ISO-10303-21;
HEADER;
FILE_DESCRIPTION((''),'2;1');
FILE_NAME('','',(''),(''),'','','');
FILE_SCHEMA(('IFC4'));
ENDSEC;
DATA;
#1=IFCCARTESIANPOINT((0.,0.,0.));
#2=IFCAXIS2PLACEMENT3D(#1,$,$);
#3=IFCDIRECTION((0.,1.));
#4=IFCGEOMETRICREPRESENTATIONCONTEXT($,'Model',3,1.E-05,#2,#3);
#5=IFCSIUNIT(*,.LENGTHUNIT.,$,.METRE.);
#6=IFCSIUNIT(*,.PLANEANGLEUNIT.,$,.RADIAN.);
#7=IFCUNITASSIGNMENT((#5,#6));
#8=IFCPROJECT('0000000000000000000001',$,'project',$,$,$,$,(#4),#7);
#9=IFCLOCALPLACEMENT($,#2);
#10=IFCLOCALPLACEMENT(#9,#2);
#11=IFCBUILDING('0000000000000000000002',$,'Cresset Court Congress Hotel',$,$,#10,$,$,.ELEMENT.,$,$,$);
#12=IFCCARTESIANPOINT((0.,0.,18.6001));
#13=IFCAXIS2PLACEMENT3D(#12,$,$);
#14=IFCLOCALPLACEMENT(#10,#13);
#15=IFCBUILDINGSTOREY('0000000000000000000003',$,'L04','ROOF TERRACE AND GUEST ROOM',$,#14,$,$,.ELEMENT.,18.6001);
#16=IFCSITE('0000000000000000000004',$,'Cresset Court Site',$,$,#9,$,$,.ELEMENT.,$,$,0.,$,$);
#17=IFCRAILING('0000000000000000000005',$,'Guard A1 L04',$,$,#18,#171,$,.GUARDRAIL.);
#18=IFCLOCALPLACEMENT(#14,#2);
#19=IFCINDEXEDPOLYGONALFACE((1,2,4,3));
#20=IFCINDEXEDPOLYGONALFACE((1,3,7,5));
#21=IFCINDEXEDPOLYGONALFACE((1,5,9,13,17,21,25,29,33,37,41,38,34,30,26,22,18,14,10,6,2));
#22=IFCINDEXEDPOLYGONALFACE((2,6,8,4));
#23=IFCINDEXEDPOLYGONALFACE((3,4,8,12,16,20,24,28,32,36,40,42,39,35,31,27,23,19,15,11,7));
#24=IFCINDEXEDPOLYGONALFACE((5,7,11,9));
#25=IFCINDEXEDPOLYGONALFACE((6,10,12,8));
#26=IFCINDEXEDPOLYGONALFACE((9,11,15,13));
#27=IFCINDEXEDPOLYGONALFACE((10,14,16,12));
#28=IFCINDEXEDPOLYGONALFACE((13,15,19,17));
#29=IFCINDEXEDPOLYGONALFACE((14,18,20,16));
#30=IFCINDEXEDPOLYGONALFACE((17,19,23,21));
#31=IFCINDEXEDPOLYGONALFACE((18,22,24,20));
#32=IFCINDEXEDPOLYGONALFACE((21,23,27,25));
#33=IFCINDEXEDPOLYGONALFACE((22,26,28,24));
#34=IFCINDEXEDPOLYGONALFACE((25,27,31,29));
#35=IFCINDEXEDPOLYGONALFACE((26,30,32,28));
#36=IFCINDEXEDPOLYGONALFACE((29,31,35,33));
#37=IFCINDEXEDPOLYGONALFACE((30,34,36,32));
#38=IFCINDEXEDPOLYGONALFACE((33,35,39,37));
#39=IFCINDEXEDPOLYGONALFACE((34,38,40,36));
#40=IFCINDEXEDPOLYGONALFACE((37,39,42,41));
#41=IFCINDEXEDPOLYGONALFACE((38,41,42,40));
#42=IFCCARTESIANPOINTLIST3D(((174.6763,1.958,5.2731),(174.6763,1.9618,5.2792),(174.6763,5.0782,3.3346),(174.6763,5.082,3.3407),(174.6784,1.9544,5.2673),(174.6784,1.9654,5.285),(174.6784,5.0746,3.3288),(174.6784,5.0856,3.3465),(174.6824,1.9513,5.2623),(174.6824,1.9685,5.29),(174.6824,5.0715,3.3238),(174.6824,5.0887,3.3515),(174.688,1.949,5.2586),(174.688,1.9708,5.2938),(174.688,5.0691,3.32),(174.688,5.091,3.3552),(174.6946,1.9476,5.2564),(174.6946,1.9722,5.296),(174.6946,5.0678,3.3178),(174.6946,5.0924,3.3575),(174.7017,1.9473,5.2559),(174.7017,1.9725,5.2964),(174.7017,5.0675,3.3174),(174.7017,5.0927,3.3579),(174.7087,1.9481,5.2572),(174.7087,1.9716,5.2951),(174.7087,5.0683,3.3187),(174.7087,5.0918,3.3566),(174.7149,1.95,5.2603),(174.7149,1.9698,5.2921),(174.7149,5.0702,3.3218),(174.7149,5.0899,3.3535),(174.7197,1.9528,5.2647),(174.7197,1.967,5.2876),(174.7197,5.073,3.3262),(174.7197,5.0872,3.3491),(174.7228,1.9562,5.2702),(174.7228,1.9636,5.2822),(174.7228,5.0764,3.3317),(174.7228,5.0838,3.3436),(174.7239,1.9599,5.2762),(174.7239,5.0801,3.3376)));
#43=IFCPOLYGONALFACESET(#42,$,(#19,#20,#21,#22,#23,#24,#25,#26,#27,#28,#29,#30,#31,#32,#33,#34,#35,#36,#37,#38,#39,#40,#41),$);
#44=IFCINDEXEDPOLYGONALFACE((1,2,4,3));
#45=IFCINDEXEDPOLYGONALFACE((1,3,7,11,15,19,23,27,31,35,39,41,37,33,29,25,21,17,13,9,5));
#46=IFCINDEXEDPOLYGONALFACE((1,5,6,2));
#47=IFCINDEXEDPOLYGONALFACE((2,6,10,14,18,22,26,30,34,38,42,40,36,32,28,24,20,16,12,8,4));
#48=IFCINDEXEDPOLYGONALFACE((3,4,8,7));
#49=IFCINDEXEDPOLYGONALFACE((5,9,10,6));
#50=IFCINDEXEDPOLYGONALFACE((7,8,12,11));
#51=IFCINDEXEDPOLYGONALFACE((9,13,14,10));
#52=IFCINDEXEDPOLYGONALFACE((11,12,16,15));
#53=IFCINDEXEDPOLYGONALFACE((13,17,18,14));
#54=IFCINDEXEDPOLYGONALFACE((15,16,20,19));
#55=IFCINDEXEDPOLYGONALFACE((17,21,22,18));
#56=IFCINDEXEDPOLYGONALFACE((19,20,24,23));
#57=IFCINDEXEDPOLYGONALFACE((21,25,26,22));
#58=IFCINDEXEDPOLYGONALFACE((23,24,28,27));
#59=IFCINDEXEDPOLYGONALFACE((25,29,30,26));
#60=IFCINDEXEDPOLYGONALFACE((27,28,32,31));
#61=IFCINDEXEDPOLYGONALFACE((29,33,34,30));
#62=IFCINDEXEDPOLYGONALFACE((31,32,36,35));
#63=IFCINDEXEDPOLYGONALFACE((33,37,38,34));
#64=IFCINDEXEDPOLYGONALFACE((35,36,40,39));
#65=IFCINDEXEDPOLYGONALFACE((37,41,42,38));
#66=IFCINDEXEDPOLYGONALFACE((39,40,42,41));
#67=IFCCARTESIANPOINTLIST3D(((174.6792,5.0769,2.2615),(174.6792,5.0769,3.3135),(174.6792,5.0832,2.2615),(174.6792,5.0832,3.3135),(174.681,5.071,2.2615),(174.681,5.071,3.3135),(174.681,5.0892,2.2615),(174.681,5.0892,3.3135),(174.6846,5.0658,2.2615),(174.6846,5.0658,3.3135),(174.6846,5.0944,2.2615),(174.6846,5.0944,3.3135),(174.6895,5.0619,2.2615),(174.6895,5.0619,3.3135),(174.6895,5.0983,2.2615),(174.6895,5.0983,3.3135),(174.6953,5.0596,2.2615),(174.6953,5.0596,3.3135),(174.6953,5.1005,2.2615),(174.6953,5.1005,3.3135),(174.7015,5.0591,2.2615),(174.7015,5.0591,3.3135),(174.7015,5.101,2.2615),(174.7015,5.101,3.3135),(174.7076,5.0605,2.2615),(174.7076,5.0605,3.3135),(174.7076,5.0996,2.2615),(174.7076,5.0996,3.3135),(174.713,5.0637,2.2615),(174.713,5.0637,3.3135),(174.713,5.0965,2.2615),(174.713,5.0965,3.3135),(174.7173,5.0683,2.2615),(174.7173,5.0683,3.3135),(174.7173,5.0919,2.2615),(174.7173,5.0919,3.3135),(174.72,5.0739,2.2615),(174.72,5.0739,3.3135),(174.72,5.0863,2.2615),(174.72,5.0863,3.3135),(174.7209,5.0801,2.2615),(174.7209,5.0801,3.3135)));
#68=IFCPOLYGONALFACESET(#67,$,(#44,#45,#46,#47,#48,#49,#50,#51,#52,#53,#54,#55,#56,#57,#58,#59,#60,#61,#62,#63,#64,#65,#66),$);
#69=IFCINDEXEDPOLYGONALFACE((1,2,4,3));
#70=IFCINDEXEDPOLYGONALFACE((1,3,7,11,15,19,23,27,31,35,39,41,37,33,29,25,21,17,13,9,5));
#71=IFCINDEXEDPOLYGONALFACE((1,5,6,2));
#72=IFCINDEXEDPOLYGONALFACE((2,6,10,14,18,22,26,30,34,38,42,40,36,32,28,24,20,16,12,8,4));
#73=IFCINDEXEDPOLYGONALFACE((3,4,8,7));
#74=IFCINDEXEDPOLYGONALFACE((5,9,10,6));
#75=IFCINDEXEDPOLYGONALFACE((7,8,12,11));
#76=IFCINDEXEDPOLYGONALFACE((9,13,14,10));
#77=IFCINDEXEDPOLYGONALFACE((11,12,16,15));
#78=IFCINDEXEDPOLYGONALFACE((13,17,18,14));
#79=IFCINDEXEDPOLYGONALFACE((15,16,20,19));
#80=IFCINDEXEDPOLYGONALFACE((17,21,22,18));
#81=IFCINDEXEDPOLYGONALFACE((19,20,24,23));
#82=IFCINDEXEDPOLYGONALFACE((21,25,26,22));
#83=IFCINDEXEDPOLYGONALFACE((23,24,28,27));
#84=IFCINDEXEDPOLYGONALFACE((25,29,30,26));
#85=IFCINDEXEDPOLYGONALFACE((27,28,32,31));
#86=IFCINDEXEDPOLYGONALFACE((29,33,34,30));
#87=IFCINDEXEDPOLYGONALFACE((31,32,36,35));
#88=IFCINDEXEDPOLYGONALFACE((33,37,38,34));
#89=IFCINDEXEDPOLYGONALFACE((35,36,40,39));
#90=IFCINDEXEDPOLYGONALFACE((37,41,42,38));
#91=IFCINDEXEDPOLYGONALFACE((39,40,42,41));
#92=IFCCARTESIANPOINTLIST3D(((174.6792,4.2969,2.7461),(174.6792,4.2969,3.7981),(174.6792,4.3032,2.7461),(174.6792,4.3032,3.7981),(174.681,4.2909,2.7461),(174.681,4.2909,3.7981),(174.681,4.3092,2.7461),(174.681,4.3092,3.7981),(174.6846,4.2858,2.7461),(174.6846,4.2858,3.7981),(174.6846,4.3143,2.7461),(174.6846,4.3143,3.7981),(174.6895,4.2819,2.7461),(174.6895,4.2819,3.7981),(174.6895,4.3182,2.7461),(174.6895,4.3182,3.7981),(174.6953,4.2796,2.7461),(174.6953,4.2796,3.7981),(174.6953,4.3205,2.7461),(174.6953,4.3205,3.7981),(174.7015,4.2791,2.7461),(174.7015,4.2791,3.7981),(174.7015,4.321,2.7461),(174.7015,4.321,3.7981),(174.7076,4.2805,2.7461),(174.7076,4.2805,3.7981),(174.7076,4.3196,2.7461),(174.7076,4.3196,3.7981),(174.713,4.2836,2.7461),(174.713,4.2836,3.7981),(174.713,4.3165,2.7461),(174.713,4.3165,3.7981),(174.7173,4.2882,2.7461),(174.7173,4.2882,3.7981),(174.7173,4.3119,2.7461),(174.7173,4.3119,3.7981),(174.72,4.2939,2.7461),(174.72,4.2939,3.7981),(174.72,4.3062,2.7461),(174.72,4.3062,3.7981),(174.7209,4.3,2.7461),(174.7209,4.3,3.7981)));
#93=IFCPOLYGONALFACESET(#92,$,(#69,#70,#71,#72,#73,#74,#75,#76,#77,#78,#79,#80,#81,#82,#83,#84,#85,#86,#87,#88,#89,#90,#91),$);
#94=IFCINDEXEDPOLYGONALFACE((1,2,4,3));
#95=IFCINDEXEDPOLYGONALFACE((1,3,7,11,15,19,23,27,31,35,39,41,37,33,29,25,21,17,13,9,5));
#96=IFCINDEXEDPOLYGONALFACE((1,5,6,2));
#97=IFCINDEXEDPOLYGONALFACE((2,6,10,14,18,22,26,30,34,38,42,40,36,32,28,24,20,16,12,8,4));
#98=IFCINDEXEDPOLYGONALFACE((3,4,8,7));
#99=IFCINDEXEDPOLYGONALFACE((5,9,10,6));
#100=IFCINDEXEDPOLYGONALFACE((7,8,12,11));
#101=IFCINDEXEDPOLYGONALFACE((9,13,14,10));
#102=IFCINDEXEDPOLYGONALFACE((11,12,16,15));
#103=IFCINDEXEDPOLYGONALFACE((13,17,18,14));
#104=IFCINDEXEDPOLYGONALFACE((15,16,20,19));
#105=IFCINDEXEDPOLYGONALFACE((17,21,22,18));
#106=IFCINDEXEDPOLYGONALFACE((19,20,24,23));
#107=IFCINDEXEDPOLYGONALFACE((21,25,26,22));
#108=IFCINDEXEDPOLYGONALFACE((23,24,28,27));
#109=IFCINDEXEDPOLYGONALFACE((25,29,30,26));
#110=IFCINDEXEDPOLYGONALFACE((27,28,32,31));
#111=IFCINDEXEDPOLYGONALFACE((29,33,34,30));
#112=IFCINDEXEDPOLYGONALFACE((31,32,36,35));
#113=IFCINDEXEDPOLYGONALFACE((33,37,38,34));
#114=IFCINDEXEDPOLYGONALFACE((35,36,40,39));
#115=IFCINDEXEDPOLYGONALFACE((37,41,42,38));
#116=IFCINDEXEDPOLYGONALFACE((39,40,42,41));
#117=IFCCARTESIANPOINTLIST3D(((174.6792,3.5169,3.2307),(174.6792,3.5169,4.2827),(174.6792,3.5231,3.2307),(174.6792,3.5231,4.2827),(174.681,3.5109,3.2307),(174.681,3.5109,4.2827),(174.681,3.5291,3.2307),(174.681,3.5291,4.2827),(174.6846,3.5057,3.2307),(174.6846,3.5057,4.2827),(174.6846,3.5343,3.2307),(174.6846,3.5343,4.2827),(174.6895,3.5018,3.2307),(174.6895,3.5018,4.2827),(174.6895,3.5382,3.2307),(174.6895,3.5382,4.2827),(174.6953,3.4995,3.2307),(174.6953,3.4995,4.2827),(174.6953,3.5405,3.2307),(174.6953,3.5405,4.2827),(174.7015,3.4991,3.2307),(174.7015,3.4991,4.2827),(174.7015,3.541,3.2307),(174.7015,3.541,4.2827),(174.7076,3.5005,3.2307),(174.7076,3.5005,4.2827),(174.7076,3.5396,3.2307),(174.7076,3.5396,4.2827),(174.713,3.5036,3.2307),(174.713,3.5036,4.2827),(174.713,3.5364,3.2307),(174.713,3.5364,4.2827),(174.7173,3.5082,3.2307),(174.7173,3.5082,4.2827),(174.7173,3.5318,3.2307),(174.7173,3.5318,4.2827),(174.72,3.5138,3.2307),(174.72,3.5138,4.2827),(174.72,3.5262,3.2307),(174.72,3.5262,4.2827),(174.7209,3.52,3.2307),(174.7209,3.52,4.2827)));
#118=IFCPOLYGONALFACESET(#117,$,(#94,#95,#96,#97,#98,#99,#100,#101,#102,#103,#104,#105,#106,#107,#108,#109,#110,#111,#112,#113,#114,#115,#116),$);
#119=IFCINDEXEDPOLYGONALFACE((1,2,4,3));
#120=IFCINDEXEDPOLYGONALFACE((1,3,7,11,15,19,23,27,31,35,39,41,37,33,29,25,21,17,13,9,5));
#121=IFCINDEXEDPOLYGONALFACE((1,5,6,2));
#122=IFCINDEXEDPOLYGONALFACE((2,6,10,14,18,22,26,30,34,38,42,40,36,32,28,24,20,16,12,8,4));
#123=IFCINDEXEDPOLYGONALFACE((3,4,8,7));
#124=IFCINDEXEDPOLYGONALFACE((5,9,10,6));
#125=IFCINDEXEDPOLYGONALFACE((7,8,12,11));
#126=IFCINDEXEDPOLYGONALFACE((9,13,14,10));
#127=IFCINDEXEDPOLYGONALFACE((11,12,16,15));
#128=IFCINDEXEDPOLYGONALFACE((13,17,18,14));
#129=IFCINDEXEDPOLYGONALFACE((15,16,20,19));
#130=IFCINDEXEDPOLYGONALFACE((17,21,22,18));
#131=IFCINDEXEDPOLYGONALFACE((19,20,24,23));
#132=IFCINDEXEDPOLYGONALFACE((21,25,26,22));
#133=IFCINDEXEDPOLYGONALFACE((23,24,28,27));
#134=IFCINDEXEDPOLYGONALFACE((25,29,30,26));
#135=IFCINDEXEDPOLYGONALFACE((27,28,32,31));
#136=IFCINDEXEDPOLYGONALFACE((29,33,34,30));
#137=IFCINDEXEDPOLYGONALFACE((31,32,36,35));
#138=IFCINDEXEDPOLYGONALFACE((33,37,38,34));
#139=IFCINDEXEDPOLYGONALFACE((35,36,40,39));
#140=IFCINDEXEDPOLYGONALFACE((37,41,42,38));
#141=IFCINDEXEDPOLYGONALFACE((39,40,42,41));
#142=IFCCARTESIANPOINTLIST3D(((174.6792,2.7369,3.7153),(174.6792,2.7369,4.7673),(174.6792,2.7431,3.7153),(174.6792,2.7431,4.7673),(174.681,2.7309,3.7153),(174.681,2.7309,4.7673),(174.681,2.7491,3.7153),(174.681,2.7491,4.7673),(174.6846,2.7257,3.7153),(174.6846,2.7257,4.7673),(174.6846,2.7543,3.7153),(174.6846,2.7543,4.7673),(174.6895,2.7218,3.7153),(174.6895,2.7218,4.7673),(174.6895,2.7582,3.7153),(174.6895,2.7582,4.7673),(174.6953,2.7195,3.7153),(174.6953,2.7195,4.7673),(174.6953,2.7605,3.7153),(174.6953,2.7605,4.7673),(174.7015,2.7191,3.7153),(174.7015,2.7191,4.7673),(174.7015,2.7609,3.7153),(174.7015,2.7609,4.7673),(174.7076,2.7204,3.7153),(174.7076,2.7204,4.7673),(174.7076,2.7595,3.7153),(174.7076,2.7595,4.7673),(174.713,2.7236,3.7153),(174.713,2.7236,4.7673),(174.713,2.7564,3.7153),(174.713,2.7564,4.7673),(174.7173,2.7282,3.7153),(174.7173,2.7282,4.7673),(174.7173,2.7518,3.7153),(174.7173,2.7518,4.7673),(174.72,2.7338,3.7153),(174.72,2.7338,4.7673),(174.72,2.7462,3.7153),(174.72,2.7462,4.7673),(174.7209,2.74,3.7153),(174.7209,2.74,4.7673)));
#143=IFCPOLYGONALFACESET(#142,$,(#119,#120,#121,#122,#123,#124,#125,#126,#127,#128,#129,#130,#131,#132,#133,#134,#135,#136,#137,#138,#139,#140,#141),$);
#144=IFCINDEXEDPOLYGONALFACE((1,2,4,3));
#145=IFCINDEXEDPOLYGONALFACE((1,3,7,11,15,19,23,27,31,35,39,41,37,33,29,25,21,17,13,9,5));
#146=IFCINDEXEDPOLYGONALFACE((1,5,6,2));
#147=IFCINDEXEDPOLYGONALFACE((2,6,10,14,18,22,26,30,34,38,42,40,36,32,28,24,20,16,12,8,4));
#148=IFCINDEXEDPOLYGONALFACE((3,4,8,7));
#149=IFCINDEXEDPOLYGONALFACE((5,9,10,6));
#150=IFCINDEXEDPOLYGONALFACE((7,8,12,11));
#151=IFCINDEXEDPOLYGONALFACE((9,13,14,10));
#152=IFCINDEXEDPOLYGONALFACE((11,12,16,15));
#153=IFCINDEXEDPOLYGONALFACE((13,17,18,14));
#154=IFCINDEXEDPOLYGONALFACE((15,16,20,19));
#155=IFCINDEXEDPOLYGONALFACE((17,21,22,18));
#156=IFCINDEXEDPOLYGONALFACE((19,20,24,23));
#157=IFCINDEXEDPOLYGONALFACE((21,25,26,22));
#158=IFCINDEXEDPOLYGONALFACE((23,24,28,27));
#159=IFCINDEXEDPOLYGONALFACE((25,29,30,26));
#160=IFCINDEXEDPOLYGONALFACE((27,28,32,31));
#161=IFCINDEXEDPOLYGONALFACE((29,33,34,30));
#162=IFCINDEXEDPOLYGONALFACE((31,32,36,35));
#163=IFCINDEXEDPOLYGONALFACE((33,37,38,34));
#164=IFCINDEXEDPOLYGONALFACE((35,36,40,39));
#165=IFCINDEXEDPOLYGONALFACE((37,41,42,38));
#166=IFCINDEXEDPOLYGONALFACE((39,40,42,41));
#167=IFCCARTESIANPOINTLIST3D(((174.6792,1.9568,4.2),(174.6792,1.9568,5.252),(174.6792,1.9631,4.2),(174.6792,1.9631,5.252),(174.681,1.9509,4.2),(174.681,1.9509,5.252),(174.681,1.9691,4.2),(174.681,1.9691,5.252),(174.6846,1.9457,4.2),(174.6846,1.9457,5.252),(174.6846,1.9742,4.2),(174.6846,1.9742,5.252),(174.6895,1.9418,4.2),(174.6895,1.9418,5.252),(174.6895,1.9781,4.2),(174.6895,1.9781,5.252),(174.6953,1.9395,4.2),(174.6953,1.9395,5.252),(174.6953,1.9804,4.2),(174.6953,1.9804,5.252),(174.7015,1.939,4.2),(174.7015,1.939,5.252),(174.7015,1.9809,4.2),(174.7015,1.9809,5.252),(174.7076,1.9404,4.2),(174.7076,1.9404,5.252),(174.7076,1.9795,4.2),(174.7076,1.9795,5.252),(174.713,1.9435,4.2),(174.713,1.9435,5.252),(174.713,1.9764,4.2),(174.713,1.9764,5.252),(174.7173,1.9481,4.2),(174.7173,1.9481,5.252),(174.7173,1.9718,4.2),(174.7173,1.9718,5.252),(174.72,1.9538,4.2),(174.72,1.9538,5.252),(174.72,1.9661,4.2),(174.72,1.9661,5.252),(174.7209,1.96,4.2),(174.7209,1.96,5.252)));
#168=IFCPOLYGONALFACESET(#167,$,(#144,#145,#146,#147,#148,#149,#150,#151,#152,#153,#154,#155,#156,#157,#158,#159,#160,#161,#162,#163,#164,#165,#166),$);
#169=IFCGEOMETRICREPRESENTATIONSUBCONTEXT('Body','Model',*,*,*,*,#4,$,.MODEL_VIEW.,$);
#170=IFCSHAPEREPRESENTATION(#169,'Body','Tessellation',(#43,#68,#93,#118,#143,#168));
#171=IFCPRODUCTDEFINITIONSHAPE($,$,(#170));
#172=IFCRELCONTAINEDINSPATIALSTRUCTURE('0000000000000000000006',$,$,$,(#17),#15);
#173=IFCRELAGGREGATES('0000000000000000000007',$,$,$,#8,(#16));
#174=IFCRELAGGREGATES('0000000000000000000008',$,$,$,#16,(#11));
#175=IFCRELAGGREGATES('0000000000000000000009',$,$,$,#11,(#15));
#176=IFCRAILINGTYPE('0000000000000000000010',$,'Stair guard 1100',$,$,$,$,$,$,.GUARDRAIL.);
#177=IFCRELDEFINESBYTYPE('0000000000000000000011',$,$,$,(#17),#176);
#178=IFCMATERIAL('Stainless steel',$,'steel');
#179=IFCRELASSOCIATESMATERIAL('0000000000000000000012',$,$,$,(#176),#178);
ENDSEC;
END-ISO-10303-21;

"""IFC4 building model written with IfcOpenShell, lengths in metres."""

from ifc_helpers import new_model, si_unit, direction, frame, origin, origin_2d, place, context, subcontext, project, spatial, circle, extrude, material, type_object, element, save


model = new_model("IFC4")

# Units and contexts
model_context = context("Model", 3, precision=1e-05, world=origin(), true_north=direction((0.0, 1.0)))
body_context = subcontext(model_context, "Body", "Model", "MODEL_VIEW")
ifc_project = project(units=[si_unit("LENGTHUNIT", "METRE"), si_unit("PLANEANGLEUNIT", "RADIAN")], contexts=[model_context])

# Site, building, storey
site_placement = place(None, origin())
site = spatial("IfcSite", under=ifc_project, at=site_placement, Name="Cresset Court Site", CompositionType="ELEMENT", RefElevation=0.0)
building_placement = place(site_placement, origin())
building = spatial("IfcBuilding", under=site, at=building_placement, Name="Cresset Court Congress Hotel", CompositionType="ELEMENT")
storey_placement = place(building_placement, frame((0.0, 0.0, 18.6001)))
storey = spatial("IfcBuildingStorey", under=building, at=storey_placement, Name="L04", Description="ROOF TERRACE AND GUEST ROOM", CompositionType="ELEMENT", Elevation=18.6001)

# Railing
ifc_material_1 = material(Name="Stainless steel", Category="steel")
railing_type_1 = type_object("IfcRailingType", Name="Stair guard 1100", PredefinedType="GUARDRAIL", material=ifc_material_1)
railing_1_placement = place(storey_placement, frame((174.7, 5.0801, 2.2615)))
element("IfcRailing", 1, at=railing_1_placement, inside=storey, type_object=railing_type_1, Name="Guard A1 L04", PredefinedType="GUARDRAIL", context=body_context, shape_type="SweptSolid", body=[
    extrude(circle(Radius=0.0239, at=origin_2d()), frame((0.0, 0.0, 1.0762), z_axis=(0.0, -0.849414, 0.527727), x_axis=(1.0, 0.0, 0.0)), (0.0, 0.0, 1.0), 3.6733),
    extrude(circle(Radius=0.021, at=origin_2d()), origin(), (0.0, 0.0, 1.0), 1.052),
    extrude(circle(Radius=0.021, at=origin_2d()), frame((0.0, -0.78, 0.4846)), (0.0, 0.0, 1.0), 1.052),
    extrude(circle(Radius=0.021, at=origin_2d()), frame((0.0, -1.5601, 0.9692)), (0.0, 0.0, 1.0), 1.052),
    extrude(circle(Radius=0.021, at=origin_2d()), frame((0.0, -2.3401, 1.4539)), (0.0, 0.0, 1.0), 1.052),
    extrude(circle(Radius=0.021, at=origin_2d()), frame((0.0, -3.1201, 1.9385)), (0.0, 0.0, 1.0), 1.052),
])

save(model, "model.ifc")
